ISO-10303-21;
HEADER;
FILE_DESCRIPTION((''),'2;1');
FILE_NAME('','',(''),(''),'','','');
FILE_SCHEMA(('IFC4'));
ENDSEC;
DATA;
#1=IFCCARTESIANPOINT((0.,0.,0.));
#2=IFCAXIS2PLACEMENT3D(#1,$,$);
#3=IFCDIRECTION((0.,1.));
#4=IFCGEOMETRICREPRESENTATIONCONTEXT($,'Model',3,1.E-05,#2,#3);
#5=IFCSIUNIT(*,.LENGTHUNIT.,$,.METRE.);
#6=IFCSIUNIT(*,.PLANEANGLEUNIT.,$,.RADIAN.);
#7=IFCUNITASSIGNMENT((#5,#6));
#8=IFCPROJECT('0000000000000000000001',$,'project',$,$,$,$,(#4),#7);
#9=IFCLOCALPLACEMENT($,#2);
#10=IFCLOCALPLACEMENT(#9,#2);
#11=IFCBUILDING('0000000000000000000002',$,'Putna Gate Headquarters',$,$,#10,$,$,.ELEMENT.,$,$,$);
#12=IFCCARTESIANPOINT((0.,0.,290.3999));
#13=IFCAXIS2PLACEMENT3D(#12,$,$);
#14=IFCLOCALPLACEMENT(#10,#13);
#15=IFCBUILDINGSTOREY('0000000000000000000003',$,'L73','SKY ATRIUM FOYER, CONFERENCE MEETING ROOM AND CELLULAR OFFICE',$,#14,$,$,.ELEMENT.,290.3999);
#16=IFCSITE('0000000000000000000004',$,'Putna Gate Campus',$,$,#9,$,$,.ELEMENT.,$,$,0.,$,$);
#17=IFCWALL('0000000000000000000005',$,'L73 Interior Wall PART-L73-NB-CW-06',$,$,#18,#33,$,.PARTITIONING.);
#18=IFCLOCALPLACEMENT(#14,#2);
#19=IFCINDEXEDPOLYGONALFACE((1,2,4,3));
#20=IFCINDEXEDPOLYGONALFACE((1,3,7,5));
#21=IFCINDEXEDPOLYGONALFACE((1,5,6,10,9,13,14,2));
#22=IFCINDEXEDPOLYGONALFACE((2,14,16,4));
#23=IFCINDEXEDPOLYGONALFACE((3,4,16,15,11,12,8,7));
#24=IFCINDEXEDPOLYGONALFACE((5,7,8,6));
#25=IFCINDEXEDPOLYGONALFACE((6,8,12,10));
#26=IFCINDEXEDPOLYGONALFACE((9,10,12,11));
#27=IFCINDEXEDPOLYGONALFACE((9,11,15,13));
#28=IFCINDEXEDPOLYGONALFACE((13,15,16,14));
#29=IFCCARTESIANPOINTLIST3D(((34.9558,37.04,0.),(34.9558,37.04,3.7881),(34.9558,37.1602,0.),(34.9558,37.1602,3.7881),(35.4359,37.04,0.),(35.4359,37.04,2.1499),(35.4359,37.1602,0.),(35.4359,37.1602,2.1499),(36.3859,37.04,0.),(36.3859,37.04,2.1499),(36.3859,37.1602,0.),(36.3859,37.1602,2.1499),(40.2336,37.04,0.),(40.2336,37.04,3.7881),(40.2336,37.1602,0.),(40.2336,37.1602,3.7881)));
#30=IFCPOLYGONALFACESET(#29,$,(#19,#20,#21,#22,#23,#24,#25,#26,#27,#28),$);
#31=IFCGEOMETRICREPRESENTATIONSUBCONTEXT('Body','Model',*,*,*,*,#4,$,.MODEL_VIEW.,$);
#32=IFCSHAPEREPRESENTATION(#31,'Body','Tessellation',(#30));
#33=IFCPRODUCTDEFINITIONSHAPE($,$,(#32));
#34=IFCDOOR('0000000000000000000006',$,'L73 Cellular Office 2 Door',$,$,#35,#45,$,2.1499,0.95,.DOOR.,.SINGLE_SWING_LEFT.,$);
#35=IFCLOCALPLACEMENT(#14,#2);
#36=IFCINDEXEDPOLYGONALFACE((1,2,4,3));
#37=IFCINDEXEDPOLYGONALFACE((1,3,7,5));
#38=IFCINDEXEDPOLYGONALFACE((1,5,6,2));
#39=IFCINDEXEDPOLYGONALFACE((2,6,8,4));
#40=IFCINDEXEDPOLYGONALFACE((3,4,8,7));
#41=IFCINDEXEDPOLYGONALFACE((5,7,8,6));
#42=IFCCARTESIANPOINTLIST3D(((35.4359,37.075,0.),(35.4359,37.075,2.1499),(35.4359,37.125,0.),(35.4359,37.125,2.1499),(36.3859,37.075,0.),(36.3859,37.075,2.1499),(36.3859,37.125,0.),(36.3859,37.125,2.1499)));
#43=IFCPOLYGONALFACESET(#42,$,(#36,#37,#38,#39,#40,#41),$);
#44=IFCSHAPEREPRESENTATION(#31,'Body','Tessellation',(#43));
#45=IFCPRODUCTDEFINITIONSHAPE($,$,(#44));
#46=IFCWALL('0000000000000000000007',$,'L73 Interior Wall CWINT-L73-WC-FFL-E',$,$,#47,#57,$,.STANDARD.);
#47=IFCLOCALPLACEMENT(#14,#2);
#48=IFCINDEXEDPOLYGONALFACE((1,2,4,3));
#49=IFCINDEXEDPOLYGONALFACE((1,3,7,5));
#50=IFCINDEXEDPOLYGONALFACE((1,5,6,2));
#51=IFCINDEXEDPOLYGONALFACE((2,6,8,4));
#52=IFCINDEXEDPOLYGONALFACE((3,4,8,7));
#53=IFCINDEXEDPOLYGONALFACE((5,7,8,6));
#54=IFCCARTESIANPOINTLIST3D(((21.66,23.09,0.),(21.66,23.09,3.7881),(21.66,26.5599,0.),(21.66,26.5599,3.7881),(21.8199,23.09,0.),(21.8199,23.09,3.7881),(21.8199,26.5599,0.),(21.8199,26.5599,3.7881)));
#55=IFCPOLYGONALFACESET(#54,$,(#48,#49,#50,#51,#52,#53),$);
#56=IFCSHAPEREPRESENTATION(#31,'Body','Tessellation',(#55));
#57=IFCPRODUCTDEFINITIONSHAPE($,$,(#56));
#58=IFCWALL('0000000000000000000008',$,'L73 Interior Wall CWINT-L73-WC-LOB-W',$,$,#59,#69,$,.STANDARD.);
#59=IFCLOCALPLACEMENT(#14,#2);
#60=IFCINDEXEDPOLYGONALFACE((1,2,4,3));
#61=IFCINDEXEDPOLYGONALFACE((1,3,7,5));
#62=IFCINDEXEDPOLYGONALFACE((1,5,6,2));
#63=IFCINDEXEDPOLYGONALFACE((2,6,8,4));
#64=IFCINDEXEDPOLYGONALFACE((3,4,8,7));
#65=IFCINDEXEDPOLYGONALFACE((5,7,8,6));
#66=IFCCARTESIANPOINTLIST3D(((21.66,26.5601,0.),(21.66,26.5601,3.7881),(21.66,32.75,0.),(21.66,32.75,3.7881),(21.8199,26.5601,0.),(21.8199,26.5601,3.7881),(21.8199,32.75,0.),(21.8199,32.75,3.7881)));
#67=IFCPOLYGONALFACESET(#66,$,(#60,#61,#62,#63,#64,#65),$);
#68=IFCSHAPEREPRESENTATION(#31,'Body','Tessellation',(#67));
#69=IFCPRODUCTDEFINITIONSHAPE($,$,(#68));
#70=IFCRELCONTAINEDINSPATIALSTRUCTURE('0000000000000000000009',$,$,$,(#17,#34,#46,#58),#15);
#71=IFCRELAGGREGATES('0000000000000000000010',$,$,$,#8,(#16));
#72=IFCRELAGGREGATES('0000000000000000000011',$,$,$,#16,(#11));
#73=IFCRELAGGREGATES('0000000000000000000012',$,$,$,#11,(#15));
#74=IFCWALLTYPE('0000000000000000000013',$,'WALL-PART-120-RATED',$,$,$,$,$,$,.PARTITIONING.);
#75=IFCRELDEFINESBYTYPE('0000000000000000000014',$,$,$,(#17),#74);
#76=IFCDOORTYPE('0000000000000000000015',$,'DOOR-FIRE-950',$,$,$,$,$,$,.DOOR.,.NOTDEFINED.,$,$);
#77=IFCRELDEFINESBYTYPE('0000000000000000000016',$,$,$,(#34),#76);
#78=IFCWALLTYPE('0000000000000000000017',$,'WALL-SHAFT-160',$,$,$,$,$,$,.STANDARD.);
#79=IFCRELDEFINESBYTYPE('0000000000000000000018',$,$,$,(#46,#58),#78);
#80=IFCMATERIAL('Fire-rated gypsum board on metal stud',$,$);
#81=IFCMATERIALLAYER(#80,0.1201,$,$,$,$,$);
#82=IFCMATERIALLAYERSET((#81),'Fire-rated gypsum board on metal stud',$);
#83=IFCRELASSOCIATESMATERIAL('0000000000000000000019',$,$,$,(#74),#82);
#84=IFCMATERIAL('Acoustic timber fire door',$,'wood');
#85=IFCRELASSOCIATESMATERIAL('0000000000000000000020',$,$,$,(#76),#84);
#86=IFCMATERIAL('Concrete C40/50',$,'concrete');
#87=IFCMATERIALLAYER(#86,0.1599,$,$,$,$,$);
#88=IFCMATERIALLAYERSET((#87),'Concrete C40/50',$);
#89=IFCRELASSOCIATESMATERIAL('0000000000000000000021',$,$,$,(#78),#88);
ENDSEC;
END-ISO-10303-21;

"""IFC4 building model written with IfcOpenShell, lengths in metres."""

from ifc_helpers import new_model, si_unit, direction, frame, frame_2d, origin, place, context, subcontext, project, spatial, rectangle, extrude, material, layer, layer_set, type_object, element, fill, save


model = new_model("IFC4")

# Units and contexts
model_context = context("Model", 3, precision=1e-05, world=origin(), true_north=direction((0.0, 1.0)))
body_context = subcontext(model_context, "Body", "Model", "MODEL_VIEW")
ifc_project = project(units=[si_unit("LENGTHUNIT", "METRE"), si_unit("PLANEANGLEUNIT", "RADIAN")], contexts=[model_context])

# Site, building, storey
site_placement = place(None, origin())
site = spatial("IfcSite", under=ifc_project, at=site_placement, Name="Putna Gate Campus", CompositionType="ELEMENT", RefElevation=0.0)
building_placement = place(site_placement, origin())
building = spatial("IfcBuilding", under=site, at=building_placement, Name="Putna Gate Headquarters", CompositionType="ELEMENT")
storey_placement = place(building_placement, frame((0.0, 0.0, 290.3999)))
storey = spatial("IfcBuildingStorey", under=building, at=storey_placement, Name="L73", Description="SKY ATRIUM FOYER, CONFERENCE MEETING ROOM AND CELLULAR OFFICE", CompositionType="ELEMENT", Elevation=290.3999)

# Shared definitions
ifc_material_1 = material(Name="Fire-rated gypsum board on metal stud")
ifc_layer_1 = layer(ifc_material_1, 0.1201)
ifc_layer_set_1 = layer_set([ifc_layer_1], Name="Fire-rated gypsum board on metal stud")
wall_type_1 = type_object("IfcWallType", Name="WALL-PART-120-RATED", PredefinedType="PARTITIONING", material=ifc_layer_set_1)

# Wall, opening, door
ifc_material_2 = material(Name="Acoustic timber fire door", Category="wood")
door_type = type_object("IfcDoorType", Name="DOOR-FIRE-950", OperationType="NOTDEFINED", PredefinedType="DOOR", material=ifc_material_2)
wall_1_placement = place(storey_placement, frame((34.9558, 37.1001, 0.0), z_axis=(0.0, 0.0, 1.0), x_axis=(1.0, 0.0, 0.0)))
wall_1 = element("IfcWall", 1, at=wall_1_placement, inside=storey, type_object=wall_type_1, Name="L73 Interior Wall PART-L73-NB-CW-06", PredefinedType="PARTITIONING", context=body_context, shape_type="SweptSolid", body=[
    extrude(rectangle(XDim=5.2778, YDim=0.1201, at=frame_2d((2.6389, 0.0))), origin(), (0.0, 0.0, 1.0), 3.7881),
])
opening_1_placement = place(wall_1_placement, frame((0.48, 0.0, 0.0)))
opening_1 = element("IfcOpeningElement", 2, at=opening_1_placement, cuts=wall_1, PredefinedType="OPENING", context=body_context, shape_type="SweptSolid", body=[
    extrude(rectangle(XDim=0.95, YDim=2.1499, at=frame_2d((0.4751, 1.075))), frame((0.0, 0.0701, 0.0), z_axis=(0.0, -1.0, 0.0), x_axis=(1.0, 0.0, 0.0)), (0.0, 0.0, 1.0), 0.1401),
])
door_1_placement = place(opening_1_placement, origin())
door_1 = element("IfcDoor", 3, at=door_1_placement, inside=storey, type_object=door_type, Name="L73 Cellular Office 2 Door", OperationType="SINGLE_SWING_LEFT", OverallHeight=2.1499, OverallWidth=0.95, PredefinedType="DOOR", context=body_context, shape_type="SweptSolid", body=[
    extrude(rectangle(XDim=0.95, YDim=2.1499, at=frame_2d((0.4751, 1.075))), frame((0.0, 0.0249, 0.0), z_axis=(0.0, -1.0, 0.0), x_axis=(1.0, 0.0, 0.0)), (0.0, 0.0, 1.0), 0.05),
])
fill(opening_1, door_1)

# Walls
ifc_material_3 = material(Name="Concrete C40/50", Category="concrete")
ifc_layer_2 = layer(ifc_material_3, 0.1599)
ifc_layer_set_2 = layer_set([ifc_layer_2], Name="Concrete C40/50")
wall_type_2 = type_object("IfcWallType", Name="WALL-SHAFT-160", PredefinedType="STANDARD", material=ifc_layer_set_2)
wall_2_placement = place(storey_placement, frame((21.74, 23.0901, 0.0), z_axis=(0.0, 0.0, 1.0), x_axis=(0.0, 1.0, 0.0)))
element("IfcWall", 4, at=wall_2_placement, inside=storey, type_object=wall_type_2, Name="L73 Interior Wall CWINT-L73-WC-FFL-E", PredefinedType="STANDARD", context=body_context, shape_type="SweptSolid", body=[
    extrude(rectangle(XDim=3.47, YDim=0.1599, at=frame_2d((1.7349, 0.0))), origin(), (0.0, 0.0, 1.0), 3.7881),
])
wall_3_placement = place(storey_placement, frame((21.74, 26.5601, 0.0), z_axis=(0.0, 0.0, 1.0), x_axis=(0.0, 1.0, 0.0)))
element("IfcWall", 5, at=wall_3_placement, inside=storey, type_object=wall_type_2, Name="L73 Interior Wall CWINT-L73-WC-LOB-W", PredefinedType="STANDARD", context=body_context, shape_type="SweptSolid", body=[
    extrude(rectangle(XDim=6.1899, YDim=0.1599, at=frame_2d((3.095, 0.0))), origin(), (0.0, 0.0, 1.0), 3.7881),
])

save(model, "model.ifc")
